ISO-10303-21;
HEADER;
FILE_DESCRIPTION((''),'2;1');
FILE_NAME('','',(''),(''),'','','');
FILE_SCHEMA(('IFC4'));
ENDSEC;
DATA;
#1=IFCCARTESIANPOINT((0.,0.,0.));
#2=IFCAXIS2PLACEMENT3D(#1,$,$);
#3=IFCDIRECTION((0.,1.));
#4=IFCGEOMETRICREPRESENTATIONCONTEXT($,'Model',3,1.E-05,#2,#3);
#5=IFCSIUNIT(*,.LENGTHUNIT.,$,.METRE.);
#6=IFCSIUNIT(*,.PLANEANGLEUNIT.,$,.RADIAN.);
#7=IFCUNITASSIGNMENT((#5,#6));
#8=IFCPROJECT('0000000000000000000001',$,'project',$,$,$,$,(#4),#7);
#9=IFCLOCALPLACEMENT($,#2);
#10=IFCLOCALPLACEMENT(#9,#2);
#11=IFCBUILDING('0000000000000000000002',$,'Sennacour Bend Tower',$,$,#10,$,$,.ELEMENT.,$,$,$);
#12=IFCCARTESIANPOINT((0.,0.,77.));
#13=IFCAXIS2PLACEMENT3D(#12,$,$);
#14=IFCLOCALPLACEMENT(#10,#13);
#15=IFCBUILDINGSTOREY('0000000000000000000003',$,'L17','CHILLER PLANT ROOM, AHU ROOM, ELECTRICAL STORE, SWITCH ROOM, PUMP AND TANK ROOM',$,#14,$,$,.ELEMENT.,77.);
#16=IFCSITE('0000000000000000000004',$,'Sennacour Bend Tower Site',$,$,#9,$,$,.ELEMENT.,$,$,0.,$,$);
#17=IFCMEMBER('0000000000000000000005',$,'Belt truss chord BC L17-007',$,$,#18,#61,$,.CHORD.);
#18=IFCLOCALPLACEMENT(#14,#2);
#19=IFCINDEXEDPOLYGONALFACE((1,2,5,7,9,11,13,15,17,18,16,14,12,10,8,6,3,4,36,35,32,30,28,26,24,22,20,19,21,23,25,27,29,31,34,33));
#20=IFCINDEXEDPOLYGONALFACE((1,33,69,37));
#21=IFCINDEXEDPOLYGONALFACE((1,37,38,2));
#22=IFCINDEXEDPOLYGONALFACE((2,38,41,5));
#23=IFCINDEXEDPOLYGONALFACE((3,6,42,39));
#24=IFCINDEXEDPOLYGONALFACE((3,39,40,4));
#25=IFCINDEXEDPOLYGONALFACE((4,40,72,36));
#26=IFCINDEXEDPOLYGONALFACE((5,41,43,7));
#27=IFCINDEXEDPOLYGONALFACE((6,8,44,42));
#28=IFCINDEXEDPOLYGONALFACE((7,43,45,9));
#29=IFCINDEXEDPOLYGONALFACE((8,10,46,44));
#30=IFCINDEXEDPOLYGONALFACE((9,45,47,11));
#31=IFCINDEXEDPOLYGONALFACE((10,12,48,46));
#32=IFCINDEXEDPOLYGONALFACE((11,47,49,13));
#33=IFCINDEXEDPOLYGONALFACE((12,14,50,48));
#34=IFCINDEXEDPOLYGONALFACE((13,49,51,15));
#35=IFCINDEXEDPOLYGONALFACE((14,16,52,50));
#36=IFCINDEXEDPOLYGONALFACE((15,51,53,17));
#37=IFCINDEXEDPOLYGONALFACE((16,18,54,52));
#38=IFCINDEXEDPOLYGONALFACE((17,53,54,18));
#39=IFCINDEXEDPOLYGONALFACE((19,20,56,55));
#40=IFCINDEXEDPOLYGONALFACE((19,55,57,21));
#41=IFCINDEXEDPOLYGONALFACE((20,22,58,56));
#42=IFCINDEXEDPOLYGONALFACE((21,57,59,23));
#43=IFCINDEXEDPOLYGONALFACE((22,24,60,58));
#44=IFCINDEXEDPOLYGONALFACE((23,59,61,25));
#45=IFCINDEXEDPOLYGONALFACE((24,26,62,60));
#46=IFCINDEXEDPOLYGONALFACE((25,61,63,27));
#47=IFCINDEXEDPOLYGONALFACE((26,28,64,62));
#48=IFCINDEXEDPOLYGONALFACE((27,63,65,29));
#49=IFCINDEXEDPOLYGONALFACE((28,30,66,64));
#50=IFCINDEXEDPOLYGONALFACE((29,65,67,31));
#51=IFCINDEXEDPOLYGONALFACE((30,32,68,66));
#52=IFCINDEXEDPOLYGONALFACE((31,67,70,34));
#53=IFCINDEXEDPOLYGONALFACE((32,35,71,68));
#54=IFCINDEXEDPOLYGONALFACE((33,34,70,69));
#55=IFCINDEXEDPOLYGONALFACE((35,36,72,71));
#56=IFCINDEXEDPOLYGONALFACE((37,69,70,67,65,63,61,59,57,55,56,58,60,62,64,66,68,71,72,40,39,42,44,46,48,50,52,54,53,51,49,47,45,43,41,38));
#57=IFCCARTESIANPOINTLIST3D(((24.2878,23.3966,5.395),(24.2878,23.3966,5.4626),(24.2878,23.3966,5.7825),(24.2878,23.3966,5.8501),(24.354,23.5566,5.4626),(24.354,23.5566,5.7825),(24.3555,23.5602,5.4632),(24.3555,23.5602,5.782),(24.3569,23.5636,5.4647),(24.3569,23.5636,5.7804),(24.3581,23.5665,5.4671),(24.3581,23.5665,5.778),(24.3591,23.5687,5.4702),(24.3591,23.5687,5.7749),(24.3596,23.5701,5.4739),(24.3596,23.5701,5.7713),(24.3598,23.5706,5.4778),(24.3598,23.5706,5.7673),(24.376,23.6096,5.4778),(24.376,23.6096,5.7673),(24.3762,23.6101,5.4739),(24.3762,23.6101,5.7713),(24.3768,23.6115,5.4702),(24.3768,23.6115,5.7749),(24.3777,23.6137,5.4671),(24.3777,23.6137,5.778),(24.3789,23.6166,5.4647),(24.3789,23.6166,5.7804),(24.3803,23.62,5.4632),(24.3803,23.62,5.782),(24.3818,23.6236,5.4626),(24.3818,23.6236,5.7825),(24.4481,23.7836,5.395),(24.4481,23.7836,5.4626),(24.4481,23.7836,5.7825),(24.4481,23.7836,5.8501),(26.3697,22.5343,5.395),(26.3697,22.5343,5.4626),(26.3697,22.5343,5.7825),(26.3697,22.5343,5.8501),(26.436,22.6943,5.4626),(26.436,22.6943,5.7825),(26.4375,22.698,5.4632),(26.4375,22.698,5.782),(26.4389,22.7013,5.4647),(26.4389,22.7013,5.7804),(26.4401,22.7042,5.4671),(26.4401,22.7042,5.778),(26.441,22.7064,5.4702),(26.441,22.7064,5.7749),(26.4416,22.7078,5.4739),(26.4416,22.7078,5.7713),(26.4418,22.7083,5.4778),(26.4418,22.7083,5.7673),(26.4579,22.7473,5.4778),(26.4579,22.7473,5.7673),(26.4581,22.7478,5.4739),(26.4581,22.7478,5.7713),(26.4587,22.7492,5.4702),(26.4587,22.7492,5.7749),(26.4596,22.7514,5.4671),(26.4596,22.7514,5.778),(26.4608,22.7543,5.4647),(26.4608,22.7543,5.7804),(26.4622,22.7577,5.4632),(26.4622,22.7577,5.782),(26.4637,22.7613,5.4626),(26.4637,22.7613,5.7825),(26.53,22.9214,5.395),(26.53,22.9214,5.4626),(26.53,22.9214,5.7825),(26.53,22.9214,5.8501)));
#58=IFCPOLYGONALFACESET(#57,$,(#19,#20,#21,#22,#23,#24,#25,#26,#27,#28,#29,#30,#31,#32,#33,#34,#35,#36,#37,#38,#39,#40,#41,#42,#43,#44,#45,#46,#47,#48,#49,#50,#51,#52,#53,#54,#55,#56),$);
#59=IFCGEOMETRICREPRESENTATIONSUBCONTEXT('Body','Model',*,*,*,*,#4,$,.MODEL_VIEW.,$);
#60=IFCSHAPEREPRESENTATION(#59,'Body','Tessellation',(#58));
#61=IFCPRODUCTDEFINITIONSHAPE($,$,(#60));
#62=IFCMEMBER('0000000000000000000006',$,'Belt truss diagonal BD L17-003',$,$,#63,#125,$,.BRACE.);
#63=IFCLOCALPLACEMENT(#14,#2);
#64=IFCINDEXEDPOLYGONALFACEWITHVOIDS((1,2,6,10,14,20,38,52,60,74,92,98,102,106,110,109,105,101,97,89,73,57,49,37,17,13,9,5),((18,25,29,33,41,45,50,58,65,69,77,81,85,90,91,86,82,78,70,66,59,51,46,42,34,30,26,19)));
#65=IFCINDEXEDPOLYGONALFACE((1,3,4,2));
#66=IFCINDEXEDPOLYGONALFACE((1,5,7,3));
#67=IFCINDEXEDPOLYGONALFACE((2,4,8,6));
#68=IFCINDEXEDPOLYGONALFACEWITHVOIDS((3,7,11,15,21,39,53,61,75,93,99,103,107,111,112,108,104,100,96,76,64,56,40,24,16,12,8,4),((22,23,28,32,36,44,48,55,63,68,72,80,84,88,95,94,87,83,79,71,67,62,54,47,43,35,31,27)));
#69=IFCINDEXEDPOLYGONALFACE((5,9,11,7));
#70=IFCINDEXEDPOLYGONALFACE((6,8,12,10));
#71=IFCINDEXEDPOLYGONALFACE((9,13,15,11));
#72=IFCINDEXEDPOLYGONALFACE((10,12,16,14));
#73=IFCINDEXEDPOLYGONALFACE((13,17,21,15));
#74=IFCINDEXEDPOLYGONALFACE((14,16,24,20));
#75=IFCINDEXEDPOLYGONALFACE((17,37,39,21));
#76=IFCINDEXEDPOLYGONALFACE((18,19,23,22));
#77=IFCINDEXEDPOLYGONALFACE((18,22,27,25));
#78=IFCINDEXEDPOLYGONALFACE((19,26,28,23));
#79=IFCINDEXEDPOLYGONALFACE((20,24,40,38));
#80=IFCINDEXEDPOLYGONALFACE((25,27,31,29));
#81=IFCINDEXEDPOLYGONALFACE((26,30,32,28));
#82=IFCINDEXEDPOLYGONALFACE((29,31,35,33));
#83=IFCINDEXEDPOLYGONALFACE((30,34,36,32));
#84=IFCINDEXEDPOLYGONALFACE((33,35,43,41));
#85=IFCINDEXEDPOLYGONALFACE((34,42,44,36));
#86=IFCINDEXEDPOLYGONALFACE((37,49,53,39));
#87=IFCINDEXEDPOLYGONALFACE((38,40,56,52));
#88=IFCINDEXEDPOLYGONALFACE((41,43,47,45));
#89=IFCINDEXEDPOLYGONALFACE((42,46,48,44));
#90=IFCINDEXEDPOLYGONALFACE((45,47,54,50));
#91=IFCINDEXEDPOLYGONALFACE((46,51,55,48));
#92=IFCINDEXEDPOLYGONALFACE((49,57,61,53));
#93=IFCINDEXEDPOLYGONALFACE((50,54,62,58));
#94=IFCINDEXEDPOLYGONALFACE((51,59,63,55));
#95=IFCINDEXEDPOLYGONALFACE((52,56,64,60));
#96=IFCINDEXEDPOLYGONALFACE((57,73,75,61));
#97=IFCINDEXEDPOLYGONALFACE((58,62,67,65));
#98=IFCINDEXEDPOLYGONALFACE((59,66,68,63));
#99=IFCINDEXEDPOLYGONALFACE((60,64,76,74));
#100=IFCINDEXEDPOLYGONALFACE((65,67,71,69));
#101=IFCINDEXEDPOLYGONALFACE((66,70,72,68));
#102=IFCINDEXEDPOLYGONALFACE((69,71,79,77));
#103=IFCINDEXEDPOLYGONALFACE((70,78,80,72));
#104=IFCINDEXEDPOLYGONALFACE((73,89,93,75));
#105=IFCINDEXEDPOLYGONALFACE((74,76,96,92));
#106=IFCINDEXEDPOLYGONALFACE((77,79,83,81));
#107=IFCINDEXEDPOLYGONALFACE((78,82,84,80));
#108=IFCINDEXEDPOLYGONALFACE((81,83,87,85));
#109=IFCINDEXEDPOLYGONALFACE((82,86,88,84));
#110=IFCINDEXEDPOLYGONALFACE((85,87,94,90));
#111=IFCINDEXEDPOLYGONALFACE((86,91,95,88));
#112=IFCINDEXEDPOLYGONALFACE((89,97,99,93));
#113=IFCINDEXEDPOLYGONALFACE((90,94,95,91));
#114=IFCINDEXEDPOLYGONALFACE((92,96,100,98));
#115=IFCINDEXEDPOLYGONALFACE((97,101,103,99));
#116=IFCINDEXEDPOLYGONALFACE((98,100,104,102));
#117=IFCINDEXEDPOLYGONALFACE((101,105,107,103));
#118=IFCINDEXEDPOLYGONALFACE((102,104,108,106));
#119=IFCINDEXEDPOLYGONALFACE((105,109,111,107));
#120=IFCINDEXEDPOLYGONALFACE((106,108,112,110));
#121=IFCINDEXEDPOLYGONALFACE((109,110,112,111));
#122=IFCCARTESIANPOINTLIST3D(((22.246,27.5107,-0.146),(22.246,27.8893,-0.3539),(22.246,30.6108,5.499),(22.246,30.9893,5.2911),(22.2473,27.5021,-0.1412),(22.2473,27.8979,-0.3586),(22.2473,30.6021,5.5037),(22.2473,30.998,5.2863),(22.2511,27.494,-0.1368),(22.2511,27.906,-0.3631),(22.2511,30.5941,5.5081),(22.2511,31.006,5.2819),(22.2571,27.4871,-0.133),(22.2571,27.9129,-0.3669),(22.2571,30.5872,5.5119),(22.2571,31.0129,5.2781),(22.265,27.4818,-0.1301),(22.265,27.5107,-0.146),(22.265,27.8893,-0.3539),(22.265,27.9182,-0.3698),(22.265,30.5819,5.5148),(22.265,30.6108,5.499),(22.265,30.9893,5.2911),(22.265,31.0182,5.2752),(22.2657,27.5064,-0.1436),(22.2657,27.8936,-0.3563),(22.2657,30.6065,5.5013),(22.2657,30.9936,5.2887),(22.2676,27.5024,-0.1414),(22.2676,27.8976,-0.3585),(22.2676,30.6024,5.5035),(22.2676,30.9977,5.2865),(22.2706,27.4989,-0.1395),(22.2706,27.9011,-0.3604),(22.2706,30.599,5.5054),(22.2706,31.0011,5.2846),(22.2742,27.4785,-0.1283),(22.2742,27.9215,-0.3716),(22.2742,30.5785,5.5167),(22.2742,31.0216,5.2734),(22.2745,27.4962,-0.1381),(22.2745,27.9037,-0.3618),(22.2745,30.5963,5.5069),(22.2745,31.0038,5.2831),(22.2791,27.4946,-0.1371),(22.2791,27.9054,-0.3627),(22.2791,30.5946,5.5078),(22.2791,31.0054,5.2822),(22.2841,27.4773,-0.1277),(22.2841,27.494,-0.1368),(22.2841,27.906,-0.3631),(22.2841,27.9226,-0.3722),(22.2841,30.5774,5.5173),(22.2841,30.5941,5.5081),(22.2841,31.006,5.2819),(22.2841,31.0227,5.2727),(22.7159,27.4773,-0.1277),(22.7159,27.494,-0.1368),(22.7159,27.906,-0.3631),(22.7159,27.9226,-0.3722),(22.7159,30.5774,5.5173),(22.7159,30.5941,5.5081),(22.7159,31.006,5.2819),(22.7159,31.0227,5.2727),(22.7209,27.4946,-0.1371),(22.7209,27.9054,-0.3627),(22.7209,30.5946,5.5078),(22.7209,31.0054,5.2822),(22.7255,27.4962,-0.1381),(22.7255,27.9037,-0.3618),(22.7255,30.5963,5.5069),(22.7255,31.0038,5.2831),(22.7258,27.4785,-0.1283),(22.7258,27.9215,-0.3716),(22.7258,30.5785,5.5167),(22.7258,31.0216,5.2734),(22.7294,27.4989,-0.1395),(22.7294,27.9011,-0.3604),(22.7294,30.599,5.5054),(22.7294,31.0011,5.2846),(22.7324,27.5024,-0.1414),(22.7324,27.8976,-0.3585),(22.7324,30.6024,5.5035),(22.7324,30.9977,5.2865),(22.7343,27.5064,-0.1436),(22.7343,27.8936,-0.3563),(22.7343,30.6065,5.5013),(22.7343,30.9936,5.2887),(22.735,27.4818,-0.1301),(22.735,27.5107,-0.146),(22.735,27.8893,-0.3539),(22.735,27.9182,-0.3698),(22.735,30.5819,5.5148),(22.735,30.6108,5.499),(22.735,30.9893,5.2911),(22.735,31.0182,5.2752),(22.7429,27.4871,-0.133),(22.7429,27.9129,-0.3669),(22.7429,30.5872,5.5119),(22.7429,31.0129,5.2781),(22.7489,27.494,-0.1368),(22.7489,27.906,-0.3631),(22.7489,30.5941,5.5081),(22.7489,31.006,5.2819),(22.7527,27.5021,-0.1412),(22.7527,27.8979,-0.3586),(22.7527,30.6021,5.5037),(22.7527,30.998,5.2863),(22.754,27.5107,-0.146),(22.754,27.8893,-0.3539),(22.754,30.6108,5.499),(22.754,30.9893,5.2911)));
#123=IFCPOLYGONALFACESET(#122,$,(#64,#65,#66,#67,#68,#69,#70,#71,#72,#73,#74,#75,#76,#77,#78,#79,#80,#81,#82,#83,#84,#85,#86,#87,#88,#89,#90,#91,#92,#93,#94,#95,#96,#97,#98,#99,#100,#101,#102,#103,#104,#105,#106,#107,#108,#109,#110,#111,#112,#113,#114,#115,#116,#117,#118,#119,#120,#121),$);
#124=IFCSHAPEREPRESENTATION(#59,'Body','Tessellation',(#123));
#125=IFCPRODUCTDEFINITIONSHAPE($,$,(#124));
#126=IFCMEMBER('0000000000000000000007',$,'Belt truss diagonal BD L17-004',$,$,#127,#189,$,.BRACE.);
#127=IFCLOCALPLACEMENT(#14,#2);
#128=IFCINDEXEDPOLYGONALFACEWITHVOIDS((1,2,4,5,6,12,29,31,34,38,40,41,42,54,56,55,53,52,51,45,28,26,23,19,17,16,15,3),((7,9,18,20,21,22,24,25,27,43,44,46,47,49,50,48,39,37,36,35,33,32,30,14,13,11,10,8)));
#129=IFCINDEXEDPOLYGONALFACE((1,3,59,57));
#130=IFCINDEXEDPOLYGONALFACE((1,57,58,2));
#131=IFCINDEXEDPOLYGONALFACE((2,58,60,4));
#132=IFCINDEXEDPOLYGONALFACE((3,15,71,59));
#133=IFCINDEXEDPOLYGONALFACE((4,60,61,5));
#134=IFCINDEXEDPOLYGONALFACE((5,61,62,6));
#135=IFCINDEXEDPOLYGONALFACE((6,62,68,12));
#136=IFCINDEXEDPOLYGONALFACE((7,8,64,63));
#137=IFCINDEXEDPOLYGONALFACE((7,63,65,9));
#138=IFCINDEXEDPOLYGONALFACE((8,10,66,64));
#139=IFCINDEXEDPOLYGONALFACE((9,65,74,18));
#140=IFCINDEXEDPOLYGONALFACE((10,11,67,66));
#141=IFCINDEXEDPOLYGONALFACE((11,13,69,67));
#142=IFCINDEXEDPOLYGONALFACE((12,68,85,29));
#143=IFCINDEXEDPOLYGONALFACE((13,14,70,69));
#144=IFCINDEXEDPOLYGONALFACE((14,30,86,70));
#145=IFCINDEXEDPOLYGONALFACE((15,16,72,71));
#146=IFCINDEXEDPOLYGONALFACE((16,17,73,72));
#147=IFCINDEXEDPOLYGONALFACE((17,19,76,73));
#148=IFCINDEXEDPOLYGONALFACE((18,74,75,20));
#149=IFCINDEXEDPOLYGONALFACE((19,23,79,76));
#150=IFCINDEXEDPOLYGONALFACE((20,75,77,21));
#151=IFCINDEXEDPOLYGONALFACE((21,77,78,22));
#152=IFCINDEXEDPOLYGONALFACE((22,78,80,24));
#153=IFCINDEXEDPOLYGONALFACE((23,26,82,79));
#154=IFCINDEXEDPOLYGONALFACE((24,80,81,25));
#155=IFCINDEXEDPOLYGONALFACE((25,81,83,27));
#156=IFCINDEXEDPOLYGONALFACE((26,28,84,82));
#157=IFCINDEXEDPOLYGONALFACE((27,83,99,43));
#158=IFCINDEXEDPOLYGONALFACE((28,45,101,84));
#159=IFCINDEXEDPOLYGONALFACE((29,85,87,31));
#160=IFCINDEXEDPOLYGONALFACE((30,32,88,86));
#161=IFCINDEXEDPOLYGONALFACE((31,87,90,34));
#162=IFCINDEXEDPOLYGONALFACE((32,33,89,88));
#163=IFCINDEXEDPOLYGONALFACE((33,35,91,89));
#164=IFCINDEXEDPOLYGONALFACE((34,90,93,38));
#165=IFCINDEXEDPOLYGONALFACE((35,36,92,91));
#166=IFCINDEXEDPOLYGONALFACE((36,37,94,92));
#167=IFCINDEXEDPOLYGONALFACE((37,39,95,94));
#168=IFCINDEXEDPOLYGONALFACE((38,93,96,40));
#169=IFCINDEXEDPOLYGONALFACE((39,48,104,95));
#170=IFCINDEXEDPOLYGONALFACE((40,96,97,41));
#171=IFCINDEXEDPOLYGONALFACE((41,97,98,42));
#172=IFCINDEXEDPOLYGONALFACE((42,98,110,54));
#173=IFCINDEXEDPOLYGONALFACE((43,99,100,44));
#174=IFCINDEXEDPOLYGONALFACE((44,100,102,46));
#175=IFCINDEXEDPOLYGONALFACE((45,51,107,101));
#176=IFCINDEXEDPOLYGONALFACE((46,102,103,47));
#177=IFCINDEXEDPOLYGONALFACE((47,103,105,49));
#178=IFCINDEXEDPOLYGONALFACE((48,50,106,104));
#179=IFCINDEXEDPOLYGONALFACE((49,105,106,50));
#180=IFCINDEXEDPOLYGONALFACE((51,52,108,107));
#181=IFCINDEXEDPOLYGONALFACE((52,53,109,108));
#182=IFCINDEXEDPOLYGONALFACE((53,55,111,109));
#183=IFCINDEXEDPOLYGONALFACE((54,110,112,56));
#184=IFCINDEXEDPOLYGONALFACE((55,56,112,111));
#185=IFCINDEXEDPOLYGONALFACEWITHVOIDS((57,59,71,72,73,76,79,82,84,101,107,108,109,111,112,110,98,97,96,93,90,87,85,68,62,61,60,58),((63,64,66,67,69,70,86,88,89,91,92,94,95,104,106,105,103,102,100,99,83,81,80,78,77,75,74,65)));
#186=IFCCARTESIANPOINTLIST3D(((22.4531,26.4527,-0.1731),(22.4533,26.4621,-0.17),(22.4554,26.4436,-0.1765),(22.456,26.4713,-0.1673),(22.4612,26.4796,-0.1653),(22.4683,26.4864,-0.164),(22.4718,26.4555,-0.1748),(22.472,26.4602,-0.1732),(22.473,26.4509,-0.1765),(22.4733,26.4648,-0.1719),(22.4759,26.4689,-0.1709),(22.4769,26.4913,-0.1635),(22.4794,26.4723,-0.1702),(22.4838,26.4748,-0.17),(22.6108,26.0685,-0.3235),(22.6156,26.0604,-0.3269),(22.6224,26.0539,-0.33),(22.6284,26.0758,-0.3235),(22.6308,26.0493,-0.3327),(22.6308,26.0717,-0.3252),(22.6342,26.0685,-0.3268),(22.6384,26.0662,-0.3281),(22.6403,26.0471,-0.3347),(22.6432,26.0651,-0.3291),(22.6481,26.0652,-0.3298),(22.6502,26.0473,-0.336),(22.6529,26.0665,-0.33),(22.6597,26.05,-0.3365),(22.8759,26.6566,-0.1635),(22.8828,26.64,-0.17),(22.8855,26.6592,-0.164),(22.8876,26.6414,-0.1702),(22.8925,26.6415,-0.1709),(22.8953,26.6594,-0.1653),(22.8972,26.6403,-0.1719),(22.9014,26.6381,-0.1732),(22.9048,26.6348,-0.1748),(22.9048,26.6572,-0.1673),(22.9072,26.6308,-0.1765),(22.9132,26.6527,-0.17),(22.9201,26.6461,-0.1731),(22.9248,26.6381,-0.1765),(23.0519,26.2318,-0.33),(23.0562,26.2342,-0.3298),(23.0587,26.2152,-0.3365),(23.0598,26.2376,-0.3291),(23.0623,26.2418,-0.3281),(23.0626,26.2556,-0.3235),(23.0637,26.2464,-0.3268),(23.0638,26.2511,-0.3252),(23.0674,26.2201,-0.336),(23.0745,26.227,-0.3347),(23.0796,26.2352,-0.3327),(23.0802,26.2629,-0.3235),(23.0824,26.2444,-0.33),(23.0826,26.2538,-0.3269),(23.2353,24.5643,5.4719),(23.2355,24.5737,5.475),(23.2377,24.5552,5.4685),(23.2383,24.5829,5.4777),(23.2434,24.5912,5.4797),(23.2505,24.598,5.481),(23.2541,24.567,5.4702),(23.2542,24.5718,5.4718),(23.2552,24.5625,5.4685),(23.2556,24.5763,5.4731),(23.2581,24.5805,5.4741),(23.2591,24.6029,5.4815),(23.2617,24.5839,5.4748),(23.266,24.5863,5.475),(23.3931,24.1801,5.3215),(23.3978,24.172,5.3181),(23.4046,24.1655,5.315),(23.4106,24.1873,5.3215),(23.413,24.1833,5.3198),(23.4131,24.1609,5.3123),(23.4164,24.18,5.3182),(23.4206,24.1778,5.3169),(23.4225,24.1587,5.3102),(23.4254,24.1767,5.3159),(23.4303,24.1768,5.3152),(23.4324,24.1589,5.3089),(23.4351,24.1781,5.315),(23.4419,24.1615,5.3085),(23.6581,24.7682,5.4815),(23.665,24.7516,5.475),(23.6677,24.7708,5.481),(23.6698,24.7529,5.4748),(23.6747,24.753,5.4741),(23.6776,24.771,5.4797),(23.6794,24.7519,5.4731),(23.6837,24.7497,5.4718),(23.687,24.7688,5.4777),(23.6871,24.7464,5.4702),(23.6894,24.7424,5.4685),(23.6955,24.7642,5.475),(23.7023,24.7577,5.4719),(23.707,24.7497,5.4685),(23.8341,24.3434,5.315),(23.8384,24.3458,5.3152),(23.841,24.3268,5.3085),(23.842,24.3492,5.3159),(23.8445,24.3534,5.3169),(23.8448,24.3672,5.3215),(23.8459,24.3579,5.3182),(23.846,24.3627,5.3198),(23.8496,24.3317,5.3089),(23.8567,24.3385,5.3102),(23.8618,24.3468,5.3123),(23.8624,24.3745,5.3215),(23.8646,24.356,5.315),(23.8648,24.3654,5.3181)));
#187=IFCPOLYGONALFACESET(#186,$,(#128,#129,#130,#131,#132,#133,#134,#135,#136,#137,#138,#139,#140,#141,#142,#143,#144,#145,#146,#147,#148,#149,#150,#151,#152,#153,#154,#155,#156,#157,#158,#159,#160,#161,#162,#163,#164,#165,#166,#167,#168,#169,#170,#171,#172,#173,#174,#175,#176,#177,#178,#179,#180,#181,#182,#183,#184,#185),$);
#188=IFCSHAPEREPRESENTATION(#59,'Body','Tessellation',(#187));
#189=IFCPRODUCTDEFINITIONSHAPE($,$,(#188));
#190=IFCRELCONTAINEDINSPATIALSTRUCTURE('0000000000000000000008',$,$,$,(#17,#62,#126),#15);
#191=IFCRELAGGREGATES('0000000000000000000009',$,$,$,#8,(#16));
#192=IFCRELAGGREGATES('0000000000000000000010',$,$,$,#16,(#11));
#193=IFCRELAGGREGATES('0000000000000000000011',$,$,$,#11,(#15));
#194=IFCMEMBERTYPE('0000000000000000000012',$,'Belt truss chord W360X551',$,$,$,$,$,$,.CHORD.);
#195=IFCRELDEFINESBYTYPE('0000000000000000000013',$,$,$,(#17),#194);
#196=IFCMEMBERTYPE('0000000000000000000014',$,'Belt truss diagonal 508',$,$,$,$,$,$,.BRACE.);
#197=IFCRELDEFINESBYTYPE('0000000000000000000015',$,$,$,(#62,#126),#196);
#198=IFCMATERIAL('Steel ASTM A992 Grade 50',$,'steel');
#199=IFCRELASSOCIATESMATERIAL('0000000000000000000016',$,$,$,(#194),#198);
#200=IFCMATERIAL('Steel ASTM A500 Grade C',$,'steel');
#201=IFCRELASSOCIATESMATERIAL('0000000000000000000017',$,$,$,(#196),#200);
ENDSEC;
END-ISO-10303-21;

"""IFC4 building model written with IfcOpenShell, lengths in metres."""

from ifc_helpers import new_model, si_unit, direction, frame, origin, origin_2d, place, context, subcontext, project, spatial, hollow_rectangle, i_section, extrude, material, material_profile, profile_set, type_object, element, save


model = new_model("IFC4")

# Units and contexts
model_context = context("Model", 3, precision=1e-05, world=origin(), true_north=direction((0.0, 1.0)))
body_context = subcontext(model_context, "Body", "Model", "MODEL_VIEW")
ifc_project = project(units=[si_unit("LENGTHUNIT", "METRE"), si_unit("PLANEANGLEUNIT", "RADIAN")], contexts=[model_context])

# Site, building, storey
site_placement = place(None, origin())
site = spatial("IfcSite", under=ifc_project, at=site_placement, Name="Sennacour Bend Tower Site", CompositionType="ELEMENT", RefElevation=0.0)
building_placement = place(site_placement, origin())
building = spatial("IfcBuilding", under=site, at=building_placement, Name="Sennacour Bend Tower", CompositionType="ELEMENT")
storey_placement = place(building_placement, frame((0.0, 0.0, 77.0)))
storey = spatial("IfcBuildingStorey", under=building, at=storey_placement, Name="L17", Description="CHILLER PLANT ROOM, AHU ROOM, ELECTRICAL STORE, SWITCH ROOM, PUMP AND TANK ROOM", CompositionType="ELEMENT", Elevation=77.0)

# Members
ifc_material_1 = material(Name="Steel ASTM A992 Grade 50", Category="steel")
ifc_material_profile_1 = material_profile(ifc_material_1, i_section(OverallWidth=0.4189, OverallDepth=0.4551, WebThickness=0.0422, FlangeThickness=0.0676, FilletRadius=0.0151, at=origin_2d()), Name="Steel ASTM A992 Grade 50", Category="steel")
ifc_profile_set_1 = profile_set([ifc_material_profile_1], Name="Steel ASTM A992 Grade 50")
member_type_1 = type_object("IfcMemberType", Name="Belt truss chord W360X551", PredefinedType="CHORD", material=ifc_profile_set_1)
for number, where, z_axis, x_axis, name in (
    (1, (24.3679, 23.5901, 5.6226), (0.923895, -0.382645, 0.0), (0.382645, 0.923895, 0.0), "Belt truss chord BC L17-007"),
):
    element("IfcMember", number, at=place(storey_placement, frame(where, z_axis=z_axis, x_axis=x_axis)), inside=storey, type_object=member_type_1, Name=name, PredefinedType="CHORD", context=body_context, shape_type="SweptSolid", body=[
        extrude(i_section(OverallWidth=0.4189, OverallDepth=0.4551, WebThickness=0.0422, FlangeThickness=0.0676, FilletRadius=0.0151, at=origin_2d()), origin(), (0.0, 0.0, 1.0), 2.2534),
    ])
ifc_material_2 = material(Name="Steel ASTM A500 Grade C", Category="steel")
ifc_material_profile_2 = material_profile(ifc_material_2, hollow_rectangle(XDim=0.5081, YDim=0.5081, WallThickness=0.019, InnerFilletRadius=0.019, OuterFilletRadius=0.0381, at=origin_2d()), Name="Steel ASTM A500 Grade C", Category="steel")
ifc_profile_set_2 = profile_set([ifc_material_profile_2], Name="Steel ASTM A500 Grade C")
member_type_2 = type_object("IfcMemberType", Name="Belt truss diagonal 508", PredefinedType="BRACE", material=ifc_profile_set_2)
member_1_placement = place(storey_placement, frame((22.5, 30.8, 5.395), z_axis=(0.0, -0.481363, -0.876521), x_axis=(1.0, 0.0, 0.0)))
element("IfcMember", 2, at=member_1_placement, inside=storey, type_object=member_type_2, Name="Belt truss diagonal BD L17-003", PredefinedType="BRACE", context=body_context, shape_type="SweptSolid", body=[
    extrude(hollow_rectangle(XDim=0.5081, YDim=0.5081, WallThickness=0.019, InnerFilletRadius=0.019, OuterFilletRadius=0.0381, at=origin_2d()), origin(), (0.0, 0.0, 1.0), 6.4402),
])
for number, where, z_axis, x_axis, name in (
    (3, (22.7678, 26.3533, -0.25), (0.130291, -0.314545, 0.940258), (0.923877, 0.382689, 0.0), "Belt truss diagonal BD L17-004"),
):
    element("IfcMember", number, at=place(storey_placement, frame(where, z_axis=z_axis, x_axis=x_axis)), inside=storey, type_object=member_type_2, Name=name, PredefinedType="BRACE", context=body_context, shape_type="SweptSolid", body=[
        extrude(hollow_rectangle(XDim=0.5081, YDim=0.5081, WallThickness=0.019, InnerFilletRadius=0.019, OuterFilletRadius=0.0381, at=origin_2d()), origin(), (0.0, 0.0, 1.0), 6.0037),
    ])

save(model, "model.ifc")
